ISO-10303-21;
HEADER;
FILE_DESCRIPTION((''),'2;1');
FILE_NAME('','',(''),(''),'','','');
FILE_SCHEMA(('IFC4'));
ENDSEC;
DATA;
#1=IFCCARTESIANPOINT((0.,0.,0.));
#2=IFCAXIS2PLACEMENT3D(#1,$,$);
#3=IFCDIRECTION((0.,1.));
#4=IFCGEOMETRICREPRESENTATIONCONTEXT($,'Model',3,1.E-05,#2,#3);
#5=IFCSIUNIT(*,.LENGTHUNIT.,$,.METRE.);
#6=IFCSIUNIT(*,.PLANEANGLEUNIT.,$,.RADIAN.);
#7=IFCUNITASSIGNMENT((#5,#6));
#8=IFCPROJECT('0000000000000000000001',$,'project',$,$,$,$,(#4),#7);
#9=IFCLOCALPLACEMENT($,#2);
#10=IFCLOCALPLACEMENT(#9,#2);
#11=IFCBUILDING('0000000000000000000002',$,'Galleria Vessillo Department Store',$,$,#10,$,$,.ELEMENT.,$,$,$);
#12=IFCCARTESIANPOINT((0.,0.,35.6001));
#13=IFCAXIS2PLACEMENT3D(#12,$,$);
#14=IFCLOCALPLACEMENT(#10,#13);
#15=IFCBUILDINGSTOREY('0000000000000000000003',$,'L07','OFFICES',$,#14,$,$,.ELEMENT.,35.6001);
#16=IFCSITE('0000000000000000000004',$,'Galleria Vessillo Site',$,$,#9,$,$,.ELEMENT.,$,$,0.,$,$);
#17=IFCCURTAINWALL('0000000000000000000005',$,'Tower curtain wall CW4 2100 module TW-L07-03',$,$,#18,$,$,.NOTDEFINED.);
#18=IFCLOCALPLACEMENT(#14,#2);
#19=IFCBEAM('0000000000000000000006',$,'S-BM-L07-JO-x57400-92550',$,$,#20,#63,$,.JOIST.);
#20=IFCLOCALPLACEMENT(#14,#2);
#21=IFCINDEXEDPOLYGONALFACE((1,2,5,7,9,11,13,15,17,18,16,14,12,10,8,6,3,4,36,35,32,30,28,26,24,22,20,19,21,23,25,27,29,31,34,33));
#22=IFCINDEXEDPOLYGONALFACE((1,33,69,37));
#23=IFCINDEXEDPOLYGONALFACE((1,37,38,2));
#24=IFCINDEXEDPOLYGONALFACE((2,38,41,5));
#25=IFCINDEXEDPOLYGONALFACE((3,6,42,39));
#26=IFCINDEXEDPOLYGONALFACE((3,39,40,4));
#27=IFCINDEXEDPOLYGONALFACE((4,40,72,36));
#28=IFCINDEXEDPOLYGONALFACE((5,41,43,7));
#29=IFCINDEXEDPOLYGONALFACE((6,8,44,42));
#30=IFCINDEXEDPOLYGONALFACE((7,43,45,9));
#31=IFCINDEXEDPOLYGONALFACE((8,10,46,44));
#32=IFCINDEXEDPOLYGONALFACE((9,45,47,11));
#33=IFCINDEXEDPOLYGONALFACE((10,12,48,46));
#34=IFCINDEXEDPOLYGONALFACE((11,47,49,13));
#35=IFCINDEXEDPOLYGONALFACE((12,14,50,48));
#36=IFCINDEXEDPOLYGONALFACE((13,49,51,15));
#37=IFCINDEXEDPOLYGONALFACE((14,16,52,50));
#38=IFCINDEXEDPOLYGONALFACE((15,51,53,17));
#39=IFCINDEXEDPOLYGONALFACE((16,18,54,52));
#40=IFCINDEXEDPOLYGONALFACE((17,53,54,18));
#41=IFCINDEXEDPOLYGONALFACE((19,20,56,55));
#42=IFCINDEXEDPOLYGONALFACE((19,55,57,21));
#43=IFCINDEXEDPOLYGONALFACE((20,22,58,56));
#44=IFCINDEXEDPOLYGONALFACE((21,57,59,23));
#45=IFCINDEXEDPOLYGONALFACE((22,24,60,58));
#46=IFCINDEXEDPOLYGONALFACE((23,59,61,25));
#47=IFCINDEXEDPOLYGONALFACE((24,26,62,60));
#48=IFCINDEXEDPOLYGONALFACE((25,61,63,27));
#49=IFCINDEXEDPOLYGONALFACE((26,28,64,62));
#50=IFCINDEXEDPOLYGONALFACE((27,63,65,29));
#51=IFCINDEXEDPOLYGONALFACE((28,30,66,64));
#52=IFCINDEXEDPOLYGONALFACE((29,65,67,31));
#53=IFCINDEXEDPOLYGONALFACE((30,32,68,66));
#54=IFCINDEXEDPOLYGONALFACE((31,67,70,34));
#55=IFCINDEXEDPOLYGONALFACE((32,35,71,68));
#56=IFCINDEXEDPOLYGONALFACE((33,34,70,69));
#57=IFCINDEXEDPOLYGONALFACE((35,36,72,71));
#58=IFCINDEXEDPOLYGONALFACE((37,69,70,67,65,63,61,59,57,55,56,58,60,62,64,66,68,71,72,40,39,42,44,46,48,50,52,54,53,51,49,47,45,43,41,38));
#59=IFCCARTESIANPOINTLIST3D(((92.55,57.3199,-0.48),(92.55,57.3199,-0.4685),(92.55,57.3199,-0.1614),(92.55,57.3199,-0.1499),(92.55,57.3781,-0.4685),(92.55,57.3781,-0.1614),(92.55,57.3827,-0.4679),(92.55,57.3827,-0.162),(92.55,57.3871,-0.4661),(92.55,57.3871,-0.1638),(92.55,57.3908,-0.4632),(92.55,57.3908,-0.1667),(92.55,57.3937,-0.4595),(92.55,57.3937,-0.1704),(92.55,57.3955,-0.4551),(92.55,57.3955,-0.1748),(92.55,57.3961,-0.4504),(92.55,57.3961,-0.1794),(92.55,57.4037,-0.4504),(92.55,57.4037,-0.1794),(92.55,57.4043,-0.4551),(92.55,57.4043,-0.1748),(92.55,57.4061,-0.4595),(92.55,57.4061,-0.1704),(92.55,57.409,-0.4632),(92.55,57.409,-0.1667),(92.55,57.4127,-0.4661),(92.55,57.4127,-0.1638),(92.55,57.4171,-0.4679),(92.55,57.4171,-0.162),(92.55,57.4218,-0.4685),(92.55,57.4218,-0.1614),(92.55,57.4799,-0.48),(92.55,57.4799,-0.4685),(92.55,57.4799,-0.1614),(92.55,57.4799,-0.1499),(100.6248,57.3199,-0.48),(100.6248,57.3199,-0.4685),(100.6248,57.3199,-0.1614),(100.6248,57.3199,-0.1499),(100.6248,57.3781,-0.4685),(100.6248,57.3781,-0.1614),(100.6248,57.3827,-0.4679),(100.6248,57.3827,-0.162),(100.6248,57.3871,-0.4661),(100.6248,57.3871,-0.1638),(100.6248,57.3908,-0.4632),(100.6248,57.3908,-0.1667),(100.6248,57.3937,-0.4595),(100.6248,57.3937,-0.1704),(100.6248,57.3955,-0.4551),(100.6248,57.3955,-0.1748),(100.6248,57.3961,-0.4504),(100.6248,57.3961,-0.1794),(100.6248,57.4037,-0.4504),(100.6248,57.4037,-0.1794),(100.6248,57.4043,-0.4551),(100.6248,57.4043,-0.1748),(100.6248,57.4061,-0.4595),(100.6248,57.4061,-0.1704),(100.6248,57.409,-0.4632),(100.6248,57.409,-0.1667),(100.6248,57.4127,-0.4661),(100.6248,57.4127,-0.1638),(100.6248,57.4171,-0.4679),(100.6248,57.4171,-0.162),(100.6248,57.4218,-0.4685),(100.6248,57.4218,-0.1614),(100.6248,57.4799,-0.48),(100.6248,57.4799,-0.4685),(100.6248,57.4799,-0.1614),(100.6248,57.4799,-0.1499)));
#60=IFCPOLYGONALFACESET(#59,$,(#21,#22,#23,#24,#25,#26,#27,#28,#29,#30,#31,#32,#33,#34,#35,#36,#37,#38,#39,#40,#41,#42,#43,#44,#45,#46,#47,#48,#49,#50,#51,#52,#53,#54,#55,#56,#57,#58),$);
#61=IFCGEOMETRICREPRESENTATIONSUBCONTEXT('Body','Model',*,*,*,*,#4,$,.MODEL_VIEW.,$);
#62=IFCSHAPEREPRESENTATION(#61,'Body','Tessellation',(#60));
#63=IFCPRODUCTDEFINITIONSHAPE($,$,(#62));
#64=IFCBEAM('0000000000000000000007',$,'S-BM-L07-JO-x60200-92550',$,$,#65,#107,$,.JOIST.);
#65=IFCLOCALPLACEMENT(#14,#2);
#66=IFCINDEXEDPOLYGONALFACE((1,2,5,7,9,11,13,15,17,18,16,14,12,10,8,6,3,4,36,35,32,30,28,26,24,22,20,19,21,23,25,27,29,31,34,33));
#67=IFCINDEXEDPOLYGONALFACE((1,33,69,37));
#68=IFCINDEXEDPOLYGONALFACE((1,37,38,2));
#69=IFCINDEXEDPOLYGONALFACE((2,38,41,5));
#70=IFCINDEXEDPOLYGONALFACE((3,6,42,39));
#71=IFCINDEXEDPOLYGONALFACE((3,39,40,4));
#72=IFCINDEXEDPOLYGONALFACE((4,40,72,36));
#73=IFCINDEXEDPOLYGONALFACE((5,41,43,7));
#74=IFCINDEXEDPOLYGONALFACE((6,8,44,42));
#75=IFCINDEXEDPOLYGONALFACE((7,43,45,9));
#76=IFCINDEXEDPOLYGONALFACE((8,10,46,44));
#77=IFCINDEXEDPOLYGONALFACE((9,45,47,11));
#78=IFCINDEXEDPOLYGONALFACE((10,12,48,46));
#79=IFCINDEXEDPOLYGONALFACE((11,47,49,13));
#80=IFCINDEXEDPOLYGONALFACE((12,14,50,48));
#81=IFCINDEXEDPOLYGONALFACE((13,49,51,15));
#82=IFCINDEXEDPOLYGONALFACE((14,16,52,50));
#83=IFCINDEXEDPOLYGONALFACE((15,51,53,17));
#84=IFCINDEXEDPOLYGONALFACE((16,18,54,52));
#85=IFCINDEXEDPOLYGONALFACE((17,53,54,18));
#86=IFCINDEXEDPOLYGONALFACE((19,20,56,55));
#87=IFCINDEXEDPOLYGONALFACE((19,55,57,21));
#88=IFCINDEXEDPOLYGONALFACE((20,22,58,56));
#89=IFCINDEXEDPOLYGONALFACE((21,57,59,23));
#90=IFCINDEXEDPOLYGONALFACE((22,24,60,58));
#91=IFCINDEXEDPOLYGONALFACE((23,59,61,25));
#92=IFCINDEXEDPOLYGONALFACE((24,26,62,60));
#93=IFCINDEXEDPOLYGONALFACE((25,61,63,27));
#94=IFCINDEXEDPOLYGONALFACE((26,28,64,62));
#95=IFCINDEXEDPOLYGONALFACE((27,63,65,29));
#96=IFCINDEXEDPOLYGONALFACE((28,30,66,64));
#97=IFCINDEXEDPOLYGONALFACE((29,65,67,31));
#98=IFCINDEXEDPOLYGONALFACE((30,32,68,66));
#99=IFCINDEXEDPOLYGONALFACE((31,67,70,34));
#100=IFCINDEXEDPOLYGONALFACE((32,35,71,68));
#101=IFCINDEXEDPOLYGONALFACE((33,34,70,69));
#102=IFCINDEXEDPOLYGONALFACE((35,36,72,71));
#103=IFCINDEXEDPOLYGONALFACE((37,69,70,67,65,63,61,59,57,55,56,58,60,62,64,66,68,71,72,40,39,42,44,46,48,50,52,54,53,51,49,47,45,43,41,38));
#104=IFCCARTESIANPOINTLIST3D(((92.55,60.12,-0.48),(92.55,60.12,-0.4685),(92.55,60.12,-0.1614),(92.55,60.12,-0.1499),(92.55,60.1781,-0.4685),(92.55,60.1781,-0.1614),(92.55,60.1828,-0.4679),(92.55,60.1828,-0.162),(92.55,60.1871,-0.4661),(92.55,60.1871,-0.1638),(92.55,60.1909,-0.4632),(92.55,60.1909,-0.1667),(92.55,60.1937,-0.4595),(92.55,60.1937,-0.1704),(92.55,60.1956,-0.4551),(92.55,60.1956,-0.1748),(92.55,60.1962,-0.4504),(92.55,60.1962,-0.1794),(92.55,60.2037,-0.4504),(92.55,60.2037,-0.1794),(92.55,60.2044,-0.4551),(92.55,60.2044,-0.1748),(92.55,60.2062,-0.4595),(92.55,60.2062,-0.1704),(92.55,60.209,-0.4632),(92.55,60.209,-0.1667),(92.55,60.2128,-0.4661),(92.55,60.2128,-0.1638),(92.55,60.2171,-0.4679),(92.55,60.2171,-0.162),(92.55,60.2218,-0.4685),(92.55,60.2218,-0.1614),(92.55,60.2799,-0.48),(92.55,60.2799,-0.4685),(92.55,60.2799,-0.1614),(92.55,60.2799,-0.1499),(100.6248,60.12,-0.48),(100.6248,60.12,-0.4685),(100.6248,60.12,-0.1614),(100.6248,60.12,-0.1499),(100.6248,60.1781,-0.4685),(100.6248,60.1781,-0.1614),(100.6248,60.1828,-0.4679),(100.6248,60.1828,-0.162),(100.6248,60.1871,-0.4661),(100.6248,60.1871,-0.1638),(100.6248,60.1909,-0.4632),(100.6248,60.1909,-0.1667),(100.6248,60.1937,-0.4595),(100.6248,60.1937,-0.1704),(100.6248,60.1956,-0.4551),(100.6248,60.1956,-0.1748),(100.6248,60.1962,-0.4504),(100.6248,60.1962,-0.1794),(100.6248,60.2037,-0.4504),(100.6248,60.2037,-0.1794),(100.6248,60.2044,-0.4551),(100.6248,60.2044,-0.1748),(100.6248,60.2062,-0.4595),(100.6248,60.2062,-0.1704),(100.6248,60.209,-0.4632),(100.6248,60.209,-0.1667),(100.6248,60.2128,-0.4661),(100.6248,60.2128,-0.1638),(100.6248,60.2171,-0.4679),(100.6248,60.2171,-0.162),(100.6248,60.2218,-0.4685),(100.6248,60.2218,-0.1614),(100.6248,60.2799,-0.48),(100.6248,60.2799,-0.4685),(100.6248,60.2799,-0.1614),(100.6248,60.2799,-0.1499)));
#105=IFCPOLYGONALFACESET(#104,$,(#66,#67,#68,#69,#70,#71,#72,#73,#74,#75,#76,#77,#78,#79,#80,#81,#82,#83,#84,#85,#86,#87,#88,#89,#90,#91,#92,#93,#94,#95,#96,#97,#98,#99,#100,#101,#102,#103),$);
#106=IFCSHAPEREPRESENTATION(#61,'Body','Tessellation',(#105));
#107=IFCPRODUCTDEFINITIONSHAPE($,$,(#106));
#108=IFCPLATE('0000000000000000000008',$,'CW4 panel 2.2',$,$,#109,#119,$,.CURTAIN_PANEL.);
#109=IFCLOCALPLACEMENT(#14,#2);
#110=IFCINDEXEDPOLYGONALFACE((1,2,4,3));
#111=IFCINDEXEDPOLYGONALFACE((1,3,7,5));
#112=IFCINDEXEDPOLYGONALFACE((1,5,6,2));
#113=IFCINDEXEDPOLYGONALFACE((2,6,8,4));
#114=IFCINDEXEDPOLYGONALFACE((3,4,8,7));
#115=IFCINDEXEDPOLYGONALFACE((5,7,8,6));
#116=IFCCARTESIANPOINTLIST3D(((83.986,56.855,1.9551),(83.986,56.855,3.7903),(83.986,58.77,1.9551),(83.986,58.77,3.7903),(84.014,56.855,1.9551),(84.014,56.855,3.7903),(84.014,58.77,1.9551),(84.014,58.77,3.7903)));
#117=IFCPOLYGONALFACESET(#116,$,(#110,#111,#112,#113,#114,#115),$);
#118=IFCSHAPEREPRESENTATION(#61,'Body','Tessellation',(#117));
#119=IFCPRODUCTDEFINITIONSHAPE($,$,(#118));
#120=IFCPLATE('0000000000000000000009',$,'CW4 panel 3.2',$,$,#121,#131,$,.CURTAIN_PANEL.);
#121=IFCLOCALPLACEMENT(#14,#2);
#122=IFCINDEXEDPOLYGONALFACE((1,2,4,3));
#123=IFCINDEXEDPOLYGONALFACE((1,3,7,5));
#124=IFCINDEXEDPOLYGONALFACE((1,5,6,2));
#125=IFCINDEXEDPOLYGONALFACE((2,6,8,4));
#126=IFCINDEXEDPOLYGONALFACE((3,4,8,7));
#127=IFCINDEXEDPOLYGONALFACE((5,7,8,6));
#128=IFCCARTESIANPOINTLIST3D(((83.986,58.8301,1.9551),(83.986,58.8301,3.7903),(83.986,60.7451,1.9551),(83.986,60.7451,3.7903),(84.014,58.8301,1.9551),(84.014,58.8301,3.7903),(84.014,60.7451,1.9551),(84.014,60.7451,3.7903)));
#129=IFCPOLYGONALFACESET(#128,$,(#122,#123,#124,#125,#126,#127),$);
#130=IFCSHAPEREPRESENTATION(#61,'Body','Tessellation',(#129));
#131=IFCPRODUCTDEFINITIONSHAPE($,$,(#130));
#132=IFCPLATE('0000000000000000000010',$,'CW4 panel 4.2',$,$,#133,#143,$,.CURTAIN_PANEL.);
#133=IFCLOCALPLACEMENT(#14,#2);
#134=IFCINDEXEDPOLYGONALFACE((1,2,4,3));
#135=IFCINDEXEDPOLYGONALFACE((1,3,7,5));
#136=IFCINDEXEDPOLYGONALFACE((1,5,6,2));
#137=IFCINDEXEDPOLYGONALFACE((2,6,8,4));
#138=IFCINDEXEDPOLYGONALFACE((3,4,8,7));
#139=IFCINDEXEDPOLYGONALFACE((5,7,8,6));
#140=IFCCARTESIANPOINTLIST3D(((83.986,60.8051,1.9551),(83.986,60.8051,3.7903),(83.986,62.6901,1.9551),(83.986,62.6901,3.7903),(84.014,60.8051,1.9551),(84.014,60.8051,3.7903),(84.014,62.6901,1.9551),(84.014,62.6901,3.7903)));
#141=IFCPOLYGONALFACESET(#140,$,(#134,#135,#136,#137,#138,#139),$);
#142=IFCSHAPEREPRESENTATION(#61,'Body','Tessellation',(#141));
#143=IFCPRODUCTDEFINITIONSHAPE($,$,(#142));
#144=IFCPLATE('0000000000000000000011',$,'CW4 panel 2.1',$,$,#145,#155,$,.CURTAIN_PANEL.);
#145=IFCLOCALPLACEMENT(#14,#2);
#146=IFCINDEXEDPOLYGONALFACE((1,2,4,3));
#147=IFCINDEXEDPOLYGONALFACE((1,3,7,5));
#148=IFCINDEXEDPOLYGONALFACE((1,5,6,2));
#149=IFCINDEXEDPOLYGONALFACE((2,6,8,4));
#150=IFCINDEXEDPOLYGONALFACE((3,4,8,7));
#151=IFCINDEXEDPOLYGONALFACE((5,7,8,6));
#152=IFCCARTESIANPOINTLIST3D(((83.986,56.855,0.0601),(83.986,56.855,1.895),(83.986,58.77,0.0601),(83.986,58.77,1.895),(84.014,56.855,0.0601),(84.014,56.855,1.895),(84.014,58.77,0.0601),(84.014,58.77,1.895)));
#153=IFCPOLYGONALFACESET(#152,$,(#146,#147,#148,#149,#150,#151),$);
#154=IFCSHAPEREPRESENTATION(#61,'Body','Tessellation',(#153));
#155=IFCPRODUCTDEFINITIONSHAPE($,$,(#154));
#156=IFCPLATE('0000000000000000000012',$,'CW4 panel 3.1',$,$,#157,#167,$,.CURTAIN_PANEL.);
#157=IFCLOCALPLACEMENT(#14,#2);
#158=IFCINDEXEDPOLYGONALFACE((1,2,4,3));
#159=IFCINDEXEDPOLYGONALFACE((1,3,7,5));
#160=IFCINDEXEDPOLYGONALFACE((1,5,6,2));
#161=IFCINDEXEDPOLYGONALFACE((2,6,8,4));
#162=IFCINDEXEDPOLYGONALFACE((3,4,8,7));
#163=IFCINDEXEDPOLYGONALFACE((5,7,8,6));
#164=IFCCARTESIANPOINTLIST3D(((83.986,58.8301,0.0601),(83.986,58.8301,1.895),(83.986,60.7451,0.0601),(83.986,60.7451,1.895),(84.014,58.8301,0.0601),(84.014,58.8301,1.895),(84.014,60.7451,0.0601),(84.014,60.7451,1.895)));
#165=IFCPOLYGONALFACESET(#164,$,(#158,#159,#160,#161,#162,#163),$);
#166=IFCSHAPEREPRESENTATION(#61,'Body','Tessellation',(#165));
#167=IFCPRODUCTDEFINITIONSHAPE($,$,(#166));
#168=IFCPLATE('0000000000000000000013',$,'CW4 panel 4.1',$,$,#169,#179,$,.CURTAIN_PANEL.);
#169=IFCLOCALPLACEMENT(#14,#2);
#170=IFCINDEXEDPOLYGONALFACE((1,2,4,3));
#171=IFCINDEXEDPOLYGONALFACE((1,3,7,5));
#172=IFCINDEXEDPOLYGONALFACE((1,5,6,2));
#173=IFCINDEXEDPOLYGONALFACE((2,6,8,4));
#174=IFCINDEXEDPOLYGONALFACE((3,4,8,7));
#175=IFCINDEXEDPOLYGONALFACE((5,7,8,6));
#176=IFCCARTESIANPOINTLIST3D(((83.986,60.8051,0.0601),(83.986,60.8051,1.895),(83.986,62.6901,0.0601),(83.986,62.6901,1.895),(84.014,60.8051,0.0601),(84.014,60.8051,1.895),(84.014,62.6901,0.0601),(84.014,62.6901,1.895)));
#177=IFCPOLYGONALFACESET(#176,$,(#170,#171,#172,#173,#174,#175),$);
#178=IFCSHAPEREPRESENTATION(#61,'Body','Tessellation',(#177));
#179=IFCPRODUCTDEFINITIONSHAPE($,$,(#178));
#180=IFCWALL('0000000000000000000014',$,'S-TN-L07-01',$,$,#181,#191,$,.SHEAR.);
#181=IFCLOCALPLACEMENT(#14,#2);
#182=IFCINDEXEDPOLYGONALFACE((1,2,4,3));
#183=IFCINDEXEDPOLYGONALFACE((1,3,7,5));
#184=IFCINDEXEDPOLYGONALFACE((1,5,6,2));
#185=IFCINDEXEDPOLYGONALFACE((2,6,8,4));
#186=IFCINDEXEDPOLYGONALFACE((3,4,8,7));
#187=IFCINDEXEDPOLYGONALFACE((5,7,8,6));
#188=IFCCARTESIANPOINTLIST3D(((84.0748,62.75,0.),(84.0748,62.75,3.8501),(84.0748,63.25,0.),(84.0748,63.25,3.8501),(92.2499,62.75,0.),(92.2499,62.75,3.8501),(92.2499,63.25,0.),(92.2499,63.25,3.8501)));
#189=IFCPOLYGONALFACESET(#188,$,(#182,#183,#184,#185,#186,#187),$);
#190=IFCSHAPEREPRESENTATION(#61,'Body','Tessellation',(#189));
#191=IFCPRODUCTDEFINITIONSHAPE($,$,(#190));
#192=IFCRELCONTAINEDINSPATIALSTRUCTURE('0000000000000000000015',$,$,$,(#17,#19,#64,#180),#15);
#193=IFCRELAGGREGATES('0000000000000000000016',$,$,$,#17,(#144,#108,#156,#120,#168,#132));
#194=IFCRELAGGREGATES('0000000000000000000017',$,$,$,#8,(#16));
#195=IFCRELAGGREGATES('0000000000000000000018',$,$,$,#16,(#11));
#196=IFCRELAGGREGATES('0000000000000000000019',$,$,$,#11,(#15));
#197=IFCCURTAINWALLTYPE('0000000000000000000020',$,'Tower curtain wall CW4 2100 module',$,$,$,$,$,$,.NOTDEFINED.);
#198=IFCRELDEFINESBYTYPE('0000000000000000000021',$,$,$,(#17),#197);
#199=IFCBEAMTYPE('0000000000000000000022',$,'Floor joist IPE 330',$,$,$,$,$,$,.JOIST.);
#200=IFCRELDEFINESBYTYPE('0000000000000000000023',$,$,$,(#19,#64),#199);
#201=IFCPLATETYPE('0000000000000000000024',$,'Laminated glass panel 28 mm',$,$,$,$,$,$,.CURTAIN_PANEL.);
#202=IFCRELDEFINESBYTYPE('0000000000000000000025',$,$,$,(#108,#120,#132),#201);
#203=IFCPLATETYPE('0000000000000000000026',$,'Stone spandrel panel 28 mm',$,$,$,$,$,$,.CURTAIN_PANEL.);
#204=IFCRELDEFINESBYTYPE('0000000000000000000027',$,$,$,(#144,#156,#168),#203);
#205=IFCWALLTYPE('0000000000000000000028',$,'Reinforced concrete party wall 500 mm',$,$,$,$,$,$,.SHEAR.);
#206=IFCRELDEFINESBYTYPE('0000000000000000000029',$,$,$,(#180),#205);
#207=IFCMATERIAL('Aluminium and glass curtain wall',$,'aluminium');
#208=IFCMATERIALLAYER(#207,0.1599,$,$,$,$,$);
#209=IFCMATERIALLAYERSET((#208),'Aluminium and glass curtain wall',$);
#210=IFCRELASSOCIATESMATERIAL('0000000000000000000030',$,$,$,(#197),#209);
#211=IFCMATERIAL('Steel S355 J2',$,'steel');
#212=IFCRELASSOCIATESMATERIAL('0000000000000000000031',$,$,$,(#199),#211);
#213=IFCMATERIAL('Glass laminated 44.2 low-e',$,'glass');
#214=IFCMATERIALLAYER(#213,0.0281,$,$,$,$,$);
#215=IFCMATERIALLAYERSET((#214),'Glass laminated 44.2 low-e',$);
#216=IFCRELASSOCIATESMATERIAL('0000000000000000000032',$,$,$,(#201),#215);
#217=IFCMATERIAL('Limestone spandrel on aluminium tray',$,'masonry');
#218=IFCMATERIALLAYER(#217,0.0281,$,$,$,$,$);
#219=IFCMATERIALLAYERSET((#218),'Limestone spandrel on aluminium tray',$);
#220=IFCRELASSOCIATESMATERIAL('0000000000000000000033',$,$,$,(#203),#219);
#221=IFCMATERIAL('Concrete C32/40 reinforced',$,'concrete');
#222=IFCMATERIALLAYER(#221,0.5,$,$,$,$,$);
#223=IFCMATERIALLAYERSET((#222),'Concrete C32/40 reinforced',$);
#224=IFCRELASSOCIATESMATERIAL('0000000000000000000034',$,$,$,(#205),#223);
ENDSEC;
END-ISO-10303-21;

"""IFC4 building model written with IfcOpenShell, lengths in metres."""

from ifc_helpers import new_model, si_unit, direction, frame, frame_2d, origin, origin_2d, place, context, subcontext, project, spatial, rectangle, i_section, extrude, material, layer, layer_set, material_profile, profile_set, type_object, element, aggregate, save


model = new_model("IFC4")

# Units and contexts
model_context = context("Model", 3, precision=1e-05, world=origin(), true_north=direction((0.0, 1.0)))
body_context = subcontext(model_context, "Body", "Model", "MODEL_VIEW")
ifc_project = project(units=[si_unit("LENGTHUNIT", "METRE"), si_unit("PLANEANGLEUNIT", "RADIAN")], contexts=[model_context])

# Site, building, storey
site_placement = place(None, origin())
site = spatial("IfcSite", under=ifc_project, at=site_placement, Name="Galleria Vessillo Site", CompositionType="ELEMENT", RefElevation=0.0)
building_placement = place(site_placement, origin())
building = spatial("IfcBuilding", under=site, at=building_placement, Name="Galleria Vessillo Department Store", CompositionType="ELEMENT")
storey_placement = place(building_placement, frame((0.0, 0.0, 35.6001)))
storey = spatial("IfcBuildingStorey", under=building, at=storey_placement, Name="L07", Description="OFFICES", CompositionType="ELEMENT", Elevation=35.6001)

# Curtain wall
ifc_material_1 = material(Name="Aluminium and glass curtain wall", Category="aluminium")
ifc_layer_1 = layer(ifc_material_1, 0.1599)
ifc_layer_set_1 = layer_set([ifc_layer_1], Name="Aluminium and glass curtain wall")
curtain_wall_type = type_object("IfcCurtainWallType", Name="Tower curtain wall CW4 2100 module", PredefinedType="NOTDEFINED", material=ifc_layer_set_1)
curtain_wall_placement = place(storey_placement, origin())
curtain_wall = element("IfcCurtainWall", 1, at=curtain_wall_placement, inside=storey, type_object=curtain_wall_type, Name="Tower curtain wall CW4 2100 module TW-L07-03", PredefinedType="NOTDEFINED")

# Beams
ifc_material_2 = material(Name="Steel S355 J2", Category="steel")
ifc_material_profile_1 = material_profile(ifc_material_2, i_section(OverallWidth=0.1599, OverallDepth=0.3301, WebThickness=0.0076, FlangeThickness=0.0115, FilletRadius=0.0181, at=origin_2d()), Name="IPE 330")
ifc_profile_set_1 = profile_set([ifc_material_profile_1], Name="Steel S355 J2")
beam_type = type_object("IfcBeamType", Name="Floor joist IPE 330", PredefinedType="JOIST", material=ifc_profile_set_1)
for number, where, z_axis, x_axis, name in (
    (2, (92.55, 57.3999, -0.3149), (1.0, 0.0, 0.0), (0.0, 1.0, 0.0), "S-BM-L07-JO-x57400-92550"),
    (3, (92.55, 60.2, -0.3149), (1.0, 0.0, 0.0), (0.0, 1.0, 0.0), "S-BM-L07-JO-x60200-92550"),
):
    element("IfcBeam", number, at=place(storey_placement, frame(where, z_axis=z_axis, x_axis=x_axis)), inside=storey, type_object=beam_type, Name=name, PredefinedType="JOIST", context=body_context, shape_type="SweptSolid", body=[
        extrude(i_section(OverallWidth=0.1599, OverallDepth=0.3301, WebThickness=0.0076, FlangeThickness=0.0115, FilletRadius=0.0181, at=origin_2d()), origin(), (0.0, 0.0, 1.0), 8.0747),
    ])

# Plates
ifc_material_3 = material(Name="Glass laminated 44.2 low-e", Category="glass")
ifc_layer_2 = layer(ifc_material_3, 0.0281)
ifc_layer_set_2 = layer_set([ifc_layer_2], Name="Glass laminated 44.2 low-e")
plate_type_1 = type_object("IfcPlateType", Name="Laminated glass panel 28 mm", PredefinedType="CURTAIN_PANEL", material=ifc_layer_set_2)
plate_1_placement = place(storey_placement, frame((84.0, 57.8125, 1.9551), z_axis=(0.0, 0.0, 1.0), x_axis=(0.0, 1.0, 0.0)))
plate_1 = element("IfcPlate", 4, at=plate_1_placement, type_object=plate_type_1, Name="CW4 panel 2.2", PredefinedType="CURTAIN_PANEL", context=body_context, shape_type="SweptSolid", body=[
    extrude(rectangle(XDim=1.915, YDim=0.0281, at=origin_2d()), origin(), (0.0, 0.0, 1.0), 1.8352),
])
plate_2_placement = place(storey_placement, frame((84.0, 59.7876, 1.9551), z_axis=(0.0, 0.0, 1.0), x_axis=(0.0, 1.0, 0.0)))
plate_2 = element("IfcPlate", 5, at=plate_2_placement, type_object=plate_type_1, Name="CW4 panel 3.2", PredefinedType="CURTAIN_PANEL", context=body_context, shape_type="SweptSolid", body=[
    extrude(rectangle(XDim=1.915, YDim=0.0281, at=origin_2d()), origin(), (0.0, 0.0, 1.0), 1.8352),
])
plate_3_placement = place(storey_placement, frame((84.0, 61.7476, 1.9551), z_axis=(0.0, 0.0, 1.0), x_axis=(0.0, 1.0, 0.0)))
plate_3 = element("IfcPlate", 6, at=plate_3_placement, type_object=plate_type_1, Name="CW4 panel 4.2", PredefinedType="CURTAIN_PANEL", context=body_context, shape_type="SweptSolid", body=[
    extrude(rectangle(XDim=1.885, YDim=0.0281, at=origin_2d()), origin(), (0.0, 0.0, 1.0), 1.8352),
])
ifc_material_4 = material(Name="Limestone spandrel on aluminium tray", Category="masonry")
ifc_layer_3 = layer(ifc_material_4, 0.0281)
ifc_layer_set_3 = layer_set([ifc_layer_3], Name="Limestone spandrel on aluminium tray")
plate_type_2 = type_object("IfcPlateType", Name="Stone spandrel panel 28 mm", PredefinedType="CURTAIN_PANEL", material=ifc_layer_set_3)
plate_4_placement = place(storey_placement, frame((84.0, 57.8125, 0.0601), z_axis=(0.0, 0.0, 1.0), x_axis=(0.0, 1.0, 0.0)))
plate_4 = element("IfcPlate", 7, at=plate_4_placement, type_object=plate_type_2, Name="CW4 panel 2.1", PredefinedType="CURTAIN_PANEL", context=body_context, shape_type="SweptSolid", body=[
    extrude(rectangle(XDim=1.915, YDim=0.0281, at=origin_2d()), origin(), (0.0, 0.0, 1.0), 1.835),
])
plate_5_placement = place(storey_placement, frame((84.0, 59.7876, 0.0601), z_axis=(0.0, 0.0, 1.0), x_axis=(0.0, 1.0, 0.0)))
plate_5 = element("IfcPlate", 8, at=plate_5_placement, type_object=plate_type_2, Name="CW4 panel 3.1", PredefinedType="CURTAIN_PANEL", context=body_context, shape_type="SweptSolid", body=[
    extrude(rectangle(XDim=1.915, YDim=0.0281, at=origin_2d()), origin(), (0.0, 0.0, 1.0), 1.835),
])
plate_6_placement = place(storey_placement, frame((84.0, 61.7476, 0.0601), z_axis=(0.0, 0.0, 1.0), x_axis=(0.0, 1.0, 0.0)))
plate_6 = element("IfcPlate", 9, at=plate_6_placement, type_object=plate_type_2, Name="CW4 panel 4.1", PredefinedType="CURTAIN_PANEL", context=body_context, shape_type="SweptSolid", body=[
    extrude(rectangle(XDim=1.885, YDim=0.0281, at=origin_2d()), origin(), (0.0, 0.0, 1.0), 1.835),
])
aggregate(curtain_wall, [plate_4, plate_1, plate_5, plate_2, plate_6, plate_3])

# Wall
ifc_material_5 = material(Name="Concrete C32/40 reinforced", Category="concrete")
ifc_layer_4 = layer(ifc_material_5, 0.5)
ifc_layer_set_4 = layer_set([ifc_layer_4], Name="Concrete C32/40 reinforced")
wall_type = type_object("IfcWallType", Name="Reinforced concrete party wall 500 mm", PredefinedType="SHEAR", material=ifc_layer_set_4)
wall_1_placement = place(storey_placement, frame((84.075, 63.0, 0.0), z_axis=(0.0, 0.0, 1.0), x_axis=(1.0, 0.0, 0.0)))
element("IfcWall", 10, at=wall_1_placement, inside=storey, type_object=wall_type, Name="S-TN-L07-01", PredefinedType="SHEAR", context=body_context, shape_type="SweptSolid", body=[
    extrude(rectangle(XDim=8.175, YDim=0.5, at=frame_2d((4.0874, 0.0))), origin(), (0.0, 0.0, 1.0), 3.8501),
])

save(model, "model.ifc")
